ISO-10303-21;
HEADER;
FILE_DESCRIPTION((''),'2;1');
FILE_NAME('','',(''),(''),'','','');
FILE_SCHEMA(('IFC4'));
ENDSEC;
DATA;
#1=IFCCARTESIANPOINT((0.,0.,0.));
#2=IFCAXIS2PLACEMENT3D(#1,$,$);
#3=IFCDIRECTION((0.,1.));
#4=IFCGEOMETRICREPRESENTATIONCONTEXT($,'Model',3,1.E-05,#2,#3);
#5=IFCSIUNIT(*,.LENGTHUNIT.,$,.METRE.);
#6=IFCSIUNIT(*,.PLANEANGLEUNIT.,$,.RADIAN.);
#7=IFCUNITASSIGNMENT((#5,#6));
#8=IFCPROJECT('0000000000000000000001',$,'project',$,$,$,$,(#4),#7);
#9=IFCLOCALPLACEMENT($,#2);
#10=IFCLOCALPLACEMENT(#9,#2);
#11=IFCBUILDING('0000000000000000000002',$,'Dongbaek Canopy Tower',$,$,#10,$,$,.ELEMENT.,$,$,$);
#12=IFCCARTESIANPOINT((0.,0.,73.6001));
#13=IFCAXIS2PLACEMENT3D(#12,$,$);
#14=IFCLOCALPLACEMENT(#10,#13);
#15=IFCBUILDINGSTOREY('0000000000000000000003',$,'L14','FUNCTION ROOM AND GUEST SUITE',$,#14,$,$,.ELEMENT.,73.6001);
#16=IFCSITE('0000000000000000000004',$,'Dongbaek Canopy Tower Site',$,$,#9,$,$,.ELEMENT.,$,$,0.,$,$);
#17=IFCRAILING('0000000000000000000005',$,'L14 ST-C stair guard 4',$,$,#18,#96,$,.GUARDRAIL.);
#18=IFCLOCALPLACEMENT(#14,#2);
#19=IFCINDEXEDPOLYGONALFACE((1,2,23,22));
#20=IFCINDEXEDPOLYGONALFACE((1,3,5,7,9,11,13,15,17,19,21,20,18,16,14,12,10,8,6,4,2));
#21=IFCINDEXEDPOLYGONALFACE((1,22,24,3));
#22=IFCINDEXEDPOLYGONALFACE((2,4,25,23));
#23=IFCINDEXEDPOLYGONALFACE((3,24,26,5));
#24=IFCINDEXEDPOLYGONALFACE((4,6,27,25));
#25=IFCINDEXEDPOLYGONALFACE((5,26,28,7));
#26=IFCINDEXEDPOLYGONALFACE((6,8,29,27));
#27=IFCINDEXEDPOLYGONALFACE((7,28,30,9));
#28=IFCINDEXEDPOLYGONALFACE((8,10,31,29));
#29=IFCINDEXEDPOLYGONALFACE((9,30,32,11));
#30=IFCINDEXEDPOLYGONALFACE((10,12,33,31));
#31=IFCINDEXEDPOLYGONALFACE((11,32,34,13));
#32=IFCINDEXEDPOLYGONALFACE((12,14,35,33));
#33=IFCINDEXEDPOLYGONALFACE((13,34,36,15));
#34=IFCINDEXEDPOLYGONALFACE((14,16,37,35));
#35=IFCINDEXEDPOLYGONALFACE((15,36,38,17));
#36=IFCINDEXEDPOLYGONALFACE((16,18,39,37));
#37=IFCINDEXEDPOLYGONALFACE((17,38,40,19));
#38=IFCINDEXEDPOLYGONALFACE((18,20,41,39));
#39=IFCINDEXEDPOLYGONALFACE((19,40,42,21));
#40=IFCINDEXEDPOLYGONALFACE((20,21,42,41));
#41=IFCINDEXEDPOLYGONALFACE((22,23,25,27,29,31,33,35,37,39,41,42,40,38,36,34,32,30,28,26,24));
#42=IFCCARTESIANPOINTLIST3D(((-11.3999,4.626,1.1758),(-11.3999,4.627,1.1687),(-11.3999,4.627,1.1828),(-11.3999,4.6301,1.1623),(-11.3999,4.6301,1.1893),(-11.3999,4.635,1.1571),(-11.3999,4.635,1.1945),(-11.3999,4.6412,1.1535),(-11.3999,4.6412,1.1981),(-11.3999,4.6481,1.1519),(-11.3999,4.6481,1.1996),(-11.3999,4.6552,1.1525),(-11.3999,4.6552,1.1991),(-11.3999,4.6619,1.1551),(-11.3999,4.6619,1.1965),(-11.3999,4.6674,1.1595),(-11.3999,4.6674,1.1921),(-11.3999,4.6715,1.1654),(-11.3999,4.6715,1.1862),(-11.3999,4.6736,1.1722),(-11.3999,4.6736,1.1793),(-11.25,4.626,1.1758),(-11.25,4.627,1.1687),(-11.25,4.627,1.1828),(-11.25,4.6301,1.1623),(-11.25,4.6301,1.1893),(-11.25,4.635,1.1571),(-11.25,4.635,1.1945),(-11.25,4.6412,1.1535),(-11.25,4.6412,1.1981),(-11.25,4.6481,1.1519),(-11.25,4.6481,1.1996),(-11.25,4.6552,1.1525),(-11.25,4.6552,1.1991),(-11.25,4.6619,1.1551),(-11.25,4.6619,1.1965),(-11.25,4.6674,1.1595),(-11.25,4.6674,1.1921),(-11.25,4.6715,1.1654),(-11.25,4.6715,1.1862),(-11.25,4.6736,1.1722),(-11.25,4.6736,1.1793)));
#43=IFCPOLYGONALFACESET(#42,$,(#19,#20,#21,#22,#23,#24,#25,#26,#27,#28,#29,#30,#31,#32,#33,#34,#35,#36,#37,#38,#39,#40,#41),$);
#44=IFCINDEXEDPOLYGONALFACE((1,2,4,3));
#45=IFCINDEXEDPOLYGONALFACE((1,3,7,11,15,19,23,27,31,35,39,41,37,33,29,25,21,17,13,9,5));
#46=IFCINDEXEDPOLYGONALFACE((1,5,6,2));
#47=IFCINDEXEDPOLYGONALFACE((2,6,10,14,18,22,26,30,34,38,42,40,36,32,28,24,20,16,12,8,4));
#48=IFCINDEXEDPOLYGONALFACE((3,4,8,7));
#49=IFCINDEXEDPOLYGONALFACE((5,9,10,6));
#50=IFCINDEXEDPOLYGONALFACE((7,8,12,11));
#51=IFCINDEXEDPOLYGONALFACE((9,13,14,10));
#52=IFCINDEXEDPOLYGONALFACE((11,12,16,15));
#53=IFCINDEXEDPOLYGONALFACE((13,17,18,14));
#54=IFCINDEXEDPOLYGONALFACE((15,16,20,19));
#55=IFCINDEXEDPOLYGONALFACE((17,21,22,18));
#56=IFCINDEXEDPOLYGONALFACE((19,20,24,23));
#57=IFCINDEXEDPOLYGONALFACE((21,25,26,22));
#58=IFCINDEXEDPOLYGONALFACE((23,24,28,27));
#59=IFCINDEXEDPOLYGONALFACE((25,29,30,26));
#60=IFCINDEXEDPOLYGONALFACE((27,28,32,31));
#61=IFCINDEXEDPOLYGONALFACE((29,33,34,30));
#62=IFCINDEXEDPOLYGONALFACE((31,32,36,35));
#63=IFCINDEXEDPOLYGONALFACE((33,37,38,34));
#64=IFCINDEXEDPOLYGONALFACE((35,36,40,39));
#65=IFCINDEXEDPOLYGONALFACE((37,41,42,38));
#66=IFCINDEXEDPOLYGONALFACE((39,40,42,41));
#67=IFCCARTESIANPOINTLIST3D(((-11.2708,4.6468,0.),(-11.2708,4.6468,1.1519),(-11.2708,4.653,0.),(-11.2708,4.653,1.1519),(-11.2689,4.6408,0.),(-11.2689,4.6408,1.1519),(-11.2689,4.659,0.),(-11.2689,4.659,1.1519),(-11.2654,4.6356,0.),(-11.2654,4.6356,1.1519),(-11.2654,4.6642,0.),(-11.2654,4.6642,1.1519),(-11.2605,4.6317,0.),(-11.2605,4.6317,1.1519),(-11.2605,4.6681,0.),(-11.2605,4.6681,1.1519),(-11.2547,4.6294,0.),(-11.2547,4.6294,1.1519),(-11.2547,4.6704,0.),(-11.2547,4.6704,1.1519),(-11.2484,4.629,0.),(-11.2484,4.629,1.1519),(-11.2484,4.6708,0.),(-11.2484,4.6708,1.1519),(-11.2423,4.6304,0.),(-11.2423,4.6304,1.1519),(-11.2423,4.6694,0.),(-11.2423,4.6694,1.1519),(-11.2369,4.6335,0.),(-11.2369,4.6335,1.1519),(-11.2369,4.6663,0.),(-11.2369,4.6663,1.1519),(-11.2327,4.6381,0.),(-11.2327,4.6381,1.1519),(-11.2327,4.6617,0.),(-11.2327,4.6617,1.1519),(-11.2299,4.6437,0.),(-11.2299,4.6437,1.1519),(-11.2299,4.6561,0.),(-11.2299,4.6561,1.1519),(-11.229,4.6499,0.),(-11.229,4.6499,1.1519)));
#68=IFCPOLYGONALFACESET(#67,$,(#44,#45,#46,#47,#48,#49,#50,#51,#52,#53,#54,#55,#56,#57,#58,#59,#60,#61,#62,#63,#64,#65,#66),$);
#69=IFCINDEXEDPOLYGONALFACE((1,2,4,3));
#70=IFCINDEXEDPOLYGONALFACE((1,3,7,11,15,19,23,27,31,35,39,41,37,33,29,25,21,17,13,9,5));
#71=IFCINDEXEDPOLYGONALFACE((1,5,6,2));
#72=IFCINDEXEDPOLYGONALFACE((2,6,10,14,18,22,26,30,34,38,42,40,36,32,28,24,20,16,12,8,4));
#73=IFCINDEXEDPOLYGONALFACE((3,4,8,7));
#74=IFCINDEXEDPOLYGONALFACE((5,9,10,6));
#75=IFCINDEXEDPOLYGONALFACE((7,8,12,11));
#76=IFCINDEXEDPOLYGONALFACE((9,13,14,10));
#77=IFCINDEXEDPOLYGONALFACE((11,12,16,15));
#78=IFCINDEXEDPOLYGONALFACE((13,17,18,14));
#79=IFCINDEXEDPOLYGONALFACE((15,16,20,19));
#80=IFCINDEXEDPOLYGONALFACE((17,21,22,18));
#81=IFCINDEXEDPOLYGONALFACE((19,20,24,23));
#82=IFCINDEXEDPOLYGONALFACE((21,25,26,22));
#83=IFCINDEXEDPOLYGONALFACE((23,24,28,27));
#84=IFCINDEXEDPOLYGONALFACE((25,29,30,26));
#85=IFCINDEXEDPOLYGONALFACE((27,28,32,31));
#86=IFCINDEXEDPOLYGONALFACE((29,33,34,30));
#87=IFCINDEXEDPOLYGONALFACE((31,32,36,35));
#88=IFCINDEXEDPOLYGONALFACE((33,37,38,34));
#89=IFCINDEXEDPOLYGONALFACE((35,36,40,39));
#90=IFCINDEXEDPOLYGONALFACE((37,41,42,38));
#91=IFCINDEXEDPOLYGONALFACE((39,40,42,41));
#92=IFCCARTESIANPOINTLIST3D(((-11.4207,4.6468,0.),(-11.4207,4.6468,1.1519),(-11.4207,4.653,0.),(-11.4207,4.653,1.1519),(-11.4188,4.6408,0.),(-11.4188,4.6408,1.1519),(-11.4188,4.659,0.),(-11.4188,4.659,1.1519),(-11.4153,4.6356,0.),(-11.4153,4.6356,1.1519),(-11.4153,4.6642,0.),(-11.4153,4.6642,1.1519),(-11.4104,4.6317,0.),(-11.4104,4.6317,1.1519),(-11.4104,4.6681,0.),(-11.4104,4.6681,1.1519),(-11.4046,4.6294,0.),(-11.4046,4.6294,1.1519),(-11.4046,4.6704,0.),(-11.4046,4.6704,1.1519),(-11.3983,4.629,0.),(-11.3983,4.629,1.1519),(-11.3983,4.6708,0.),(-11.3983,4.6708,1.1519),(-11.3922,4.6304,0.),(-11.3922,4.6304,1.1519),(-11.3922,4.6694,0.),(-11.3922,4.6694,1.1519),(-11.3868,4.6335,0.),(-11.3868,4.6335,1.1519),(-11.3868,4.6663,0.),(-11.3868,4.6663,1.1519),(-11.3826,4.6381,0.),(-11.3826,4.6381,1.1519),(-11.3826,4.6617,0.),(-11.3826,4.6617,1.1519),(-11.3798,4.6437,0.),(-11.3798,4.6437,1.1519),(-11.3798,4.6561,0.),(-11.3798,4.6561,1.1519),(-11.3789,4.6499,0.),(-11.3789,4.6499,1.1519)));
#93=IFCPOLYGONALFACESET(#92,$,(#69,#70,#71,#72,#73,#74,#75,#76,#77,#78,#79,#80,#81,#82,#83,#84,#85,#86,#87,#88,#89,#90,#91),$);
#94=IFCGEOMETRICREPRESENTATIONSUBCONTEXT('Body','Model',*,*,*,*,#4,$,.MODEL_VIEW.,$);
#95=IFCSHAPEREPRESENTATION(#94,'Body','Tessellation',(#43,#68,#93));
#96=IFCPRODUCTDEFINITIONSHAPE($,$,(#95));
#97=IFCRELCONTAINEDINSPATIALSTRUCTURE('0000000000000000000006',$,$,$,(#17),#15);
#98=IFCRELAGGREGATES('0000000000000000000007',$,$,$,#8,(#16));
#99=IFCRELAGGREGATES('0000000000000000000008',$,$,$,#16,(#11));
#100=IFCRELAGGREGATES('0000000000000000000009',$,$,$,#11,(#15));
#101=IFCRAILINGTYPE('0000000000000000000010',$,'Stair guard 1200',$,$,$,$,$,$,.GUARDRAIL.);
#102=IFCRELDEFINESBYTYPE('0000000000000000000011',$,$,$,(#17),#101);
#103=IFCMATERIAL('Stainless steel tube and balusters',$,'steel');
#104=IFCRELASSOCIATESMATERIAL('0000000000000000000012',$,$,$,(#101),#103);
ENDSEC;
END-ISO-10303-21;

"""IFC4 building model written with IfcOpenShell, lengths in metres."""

from ifc_helpers import new_model, si_unit, direction, frame, origin, origin_2d, place, context, subcontext, project, spatial, circle, extrude, material, type_object, element, save


model = new_model("IFC4")

# Units and contexts
model_context = context("Model", 3, precision=1e-05, world=origin(), true_north=direction((0.0, 1.0)))
body_context = subcontext(model_context, "Body", "Model", "MODEL_VIEW")
ifc_project = project(units=[si_unit("LENGTHUNIT", "METRE"), si_unit("PLANEANGLEUNIT", "RADIAN")], contexts=[model_context])

# Site, building, storey
site_placement = place(None, origin())
site = spatial("IfcSite", under=ifc_project, at=site_placement, Name="Dongbaek Canopy Tower Site", CompositionType="ELEMENT", RefElevation=0.0)
building_placement = place(site_placement, origin())
building = spatial("IfcBuilding", under=site, at=building_placement, Name="Dongbaek Canopy Tower", CompositionType="ELEMENT")
storey_placement = place(building_placement, frame((0.0, 0.0, 73.6001)))
storey = spatial("IfcBuildingStorey", under=building, at=storey_placement, Name="L14", Description="FUNCTION ROOM AND GUEST SUITE", CompositionType="ELEMENT", Elevation=73.6001)

# Railing
ifc_material_1 = material(Name="Stainless steel tube and balusters", Category="steel")
railing_type_1 = type_object("IfcRailingType", Name="Stair guard 1200", PredefinedType="GUARDRAIL", material=ifc_material_1)
railing_1_placement = place(storey_placement, frame((-11.25, 4.6499, 0.0)))
element("IfcRailing", 1, at=railing_1_placement, inside=storey, type_object=railing_type_1, Name="L14 ST-C stair guard 4", PredefinedType="GUARDRAIL", context=body_context, shape_type="SweptSolid", body=[
    extrude(circle(Radius=0.0239, at=origin_2d()), frame((0.0, 0.0, 1.1758), z_axis=(-1.0, 0.0, 0.0), x_axis=(0.0, -1.0, 0.0)), (0.0, 0.0, 1.0), 0.1499),
    extrude(circle(Radius=0.021, at=origin_2d()), origin(), (0.0, 0.0, 1.0), 1.1519),
    extrude(circle(Radius=0.021, at=origin_2d()), frame((-0.1499, 0.0, 0.0)), (0.0, 0.0, 1.0), 1.1519),
])

save(model, "model.ifc")
